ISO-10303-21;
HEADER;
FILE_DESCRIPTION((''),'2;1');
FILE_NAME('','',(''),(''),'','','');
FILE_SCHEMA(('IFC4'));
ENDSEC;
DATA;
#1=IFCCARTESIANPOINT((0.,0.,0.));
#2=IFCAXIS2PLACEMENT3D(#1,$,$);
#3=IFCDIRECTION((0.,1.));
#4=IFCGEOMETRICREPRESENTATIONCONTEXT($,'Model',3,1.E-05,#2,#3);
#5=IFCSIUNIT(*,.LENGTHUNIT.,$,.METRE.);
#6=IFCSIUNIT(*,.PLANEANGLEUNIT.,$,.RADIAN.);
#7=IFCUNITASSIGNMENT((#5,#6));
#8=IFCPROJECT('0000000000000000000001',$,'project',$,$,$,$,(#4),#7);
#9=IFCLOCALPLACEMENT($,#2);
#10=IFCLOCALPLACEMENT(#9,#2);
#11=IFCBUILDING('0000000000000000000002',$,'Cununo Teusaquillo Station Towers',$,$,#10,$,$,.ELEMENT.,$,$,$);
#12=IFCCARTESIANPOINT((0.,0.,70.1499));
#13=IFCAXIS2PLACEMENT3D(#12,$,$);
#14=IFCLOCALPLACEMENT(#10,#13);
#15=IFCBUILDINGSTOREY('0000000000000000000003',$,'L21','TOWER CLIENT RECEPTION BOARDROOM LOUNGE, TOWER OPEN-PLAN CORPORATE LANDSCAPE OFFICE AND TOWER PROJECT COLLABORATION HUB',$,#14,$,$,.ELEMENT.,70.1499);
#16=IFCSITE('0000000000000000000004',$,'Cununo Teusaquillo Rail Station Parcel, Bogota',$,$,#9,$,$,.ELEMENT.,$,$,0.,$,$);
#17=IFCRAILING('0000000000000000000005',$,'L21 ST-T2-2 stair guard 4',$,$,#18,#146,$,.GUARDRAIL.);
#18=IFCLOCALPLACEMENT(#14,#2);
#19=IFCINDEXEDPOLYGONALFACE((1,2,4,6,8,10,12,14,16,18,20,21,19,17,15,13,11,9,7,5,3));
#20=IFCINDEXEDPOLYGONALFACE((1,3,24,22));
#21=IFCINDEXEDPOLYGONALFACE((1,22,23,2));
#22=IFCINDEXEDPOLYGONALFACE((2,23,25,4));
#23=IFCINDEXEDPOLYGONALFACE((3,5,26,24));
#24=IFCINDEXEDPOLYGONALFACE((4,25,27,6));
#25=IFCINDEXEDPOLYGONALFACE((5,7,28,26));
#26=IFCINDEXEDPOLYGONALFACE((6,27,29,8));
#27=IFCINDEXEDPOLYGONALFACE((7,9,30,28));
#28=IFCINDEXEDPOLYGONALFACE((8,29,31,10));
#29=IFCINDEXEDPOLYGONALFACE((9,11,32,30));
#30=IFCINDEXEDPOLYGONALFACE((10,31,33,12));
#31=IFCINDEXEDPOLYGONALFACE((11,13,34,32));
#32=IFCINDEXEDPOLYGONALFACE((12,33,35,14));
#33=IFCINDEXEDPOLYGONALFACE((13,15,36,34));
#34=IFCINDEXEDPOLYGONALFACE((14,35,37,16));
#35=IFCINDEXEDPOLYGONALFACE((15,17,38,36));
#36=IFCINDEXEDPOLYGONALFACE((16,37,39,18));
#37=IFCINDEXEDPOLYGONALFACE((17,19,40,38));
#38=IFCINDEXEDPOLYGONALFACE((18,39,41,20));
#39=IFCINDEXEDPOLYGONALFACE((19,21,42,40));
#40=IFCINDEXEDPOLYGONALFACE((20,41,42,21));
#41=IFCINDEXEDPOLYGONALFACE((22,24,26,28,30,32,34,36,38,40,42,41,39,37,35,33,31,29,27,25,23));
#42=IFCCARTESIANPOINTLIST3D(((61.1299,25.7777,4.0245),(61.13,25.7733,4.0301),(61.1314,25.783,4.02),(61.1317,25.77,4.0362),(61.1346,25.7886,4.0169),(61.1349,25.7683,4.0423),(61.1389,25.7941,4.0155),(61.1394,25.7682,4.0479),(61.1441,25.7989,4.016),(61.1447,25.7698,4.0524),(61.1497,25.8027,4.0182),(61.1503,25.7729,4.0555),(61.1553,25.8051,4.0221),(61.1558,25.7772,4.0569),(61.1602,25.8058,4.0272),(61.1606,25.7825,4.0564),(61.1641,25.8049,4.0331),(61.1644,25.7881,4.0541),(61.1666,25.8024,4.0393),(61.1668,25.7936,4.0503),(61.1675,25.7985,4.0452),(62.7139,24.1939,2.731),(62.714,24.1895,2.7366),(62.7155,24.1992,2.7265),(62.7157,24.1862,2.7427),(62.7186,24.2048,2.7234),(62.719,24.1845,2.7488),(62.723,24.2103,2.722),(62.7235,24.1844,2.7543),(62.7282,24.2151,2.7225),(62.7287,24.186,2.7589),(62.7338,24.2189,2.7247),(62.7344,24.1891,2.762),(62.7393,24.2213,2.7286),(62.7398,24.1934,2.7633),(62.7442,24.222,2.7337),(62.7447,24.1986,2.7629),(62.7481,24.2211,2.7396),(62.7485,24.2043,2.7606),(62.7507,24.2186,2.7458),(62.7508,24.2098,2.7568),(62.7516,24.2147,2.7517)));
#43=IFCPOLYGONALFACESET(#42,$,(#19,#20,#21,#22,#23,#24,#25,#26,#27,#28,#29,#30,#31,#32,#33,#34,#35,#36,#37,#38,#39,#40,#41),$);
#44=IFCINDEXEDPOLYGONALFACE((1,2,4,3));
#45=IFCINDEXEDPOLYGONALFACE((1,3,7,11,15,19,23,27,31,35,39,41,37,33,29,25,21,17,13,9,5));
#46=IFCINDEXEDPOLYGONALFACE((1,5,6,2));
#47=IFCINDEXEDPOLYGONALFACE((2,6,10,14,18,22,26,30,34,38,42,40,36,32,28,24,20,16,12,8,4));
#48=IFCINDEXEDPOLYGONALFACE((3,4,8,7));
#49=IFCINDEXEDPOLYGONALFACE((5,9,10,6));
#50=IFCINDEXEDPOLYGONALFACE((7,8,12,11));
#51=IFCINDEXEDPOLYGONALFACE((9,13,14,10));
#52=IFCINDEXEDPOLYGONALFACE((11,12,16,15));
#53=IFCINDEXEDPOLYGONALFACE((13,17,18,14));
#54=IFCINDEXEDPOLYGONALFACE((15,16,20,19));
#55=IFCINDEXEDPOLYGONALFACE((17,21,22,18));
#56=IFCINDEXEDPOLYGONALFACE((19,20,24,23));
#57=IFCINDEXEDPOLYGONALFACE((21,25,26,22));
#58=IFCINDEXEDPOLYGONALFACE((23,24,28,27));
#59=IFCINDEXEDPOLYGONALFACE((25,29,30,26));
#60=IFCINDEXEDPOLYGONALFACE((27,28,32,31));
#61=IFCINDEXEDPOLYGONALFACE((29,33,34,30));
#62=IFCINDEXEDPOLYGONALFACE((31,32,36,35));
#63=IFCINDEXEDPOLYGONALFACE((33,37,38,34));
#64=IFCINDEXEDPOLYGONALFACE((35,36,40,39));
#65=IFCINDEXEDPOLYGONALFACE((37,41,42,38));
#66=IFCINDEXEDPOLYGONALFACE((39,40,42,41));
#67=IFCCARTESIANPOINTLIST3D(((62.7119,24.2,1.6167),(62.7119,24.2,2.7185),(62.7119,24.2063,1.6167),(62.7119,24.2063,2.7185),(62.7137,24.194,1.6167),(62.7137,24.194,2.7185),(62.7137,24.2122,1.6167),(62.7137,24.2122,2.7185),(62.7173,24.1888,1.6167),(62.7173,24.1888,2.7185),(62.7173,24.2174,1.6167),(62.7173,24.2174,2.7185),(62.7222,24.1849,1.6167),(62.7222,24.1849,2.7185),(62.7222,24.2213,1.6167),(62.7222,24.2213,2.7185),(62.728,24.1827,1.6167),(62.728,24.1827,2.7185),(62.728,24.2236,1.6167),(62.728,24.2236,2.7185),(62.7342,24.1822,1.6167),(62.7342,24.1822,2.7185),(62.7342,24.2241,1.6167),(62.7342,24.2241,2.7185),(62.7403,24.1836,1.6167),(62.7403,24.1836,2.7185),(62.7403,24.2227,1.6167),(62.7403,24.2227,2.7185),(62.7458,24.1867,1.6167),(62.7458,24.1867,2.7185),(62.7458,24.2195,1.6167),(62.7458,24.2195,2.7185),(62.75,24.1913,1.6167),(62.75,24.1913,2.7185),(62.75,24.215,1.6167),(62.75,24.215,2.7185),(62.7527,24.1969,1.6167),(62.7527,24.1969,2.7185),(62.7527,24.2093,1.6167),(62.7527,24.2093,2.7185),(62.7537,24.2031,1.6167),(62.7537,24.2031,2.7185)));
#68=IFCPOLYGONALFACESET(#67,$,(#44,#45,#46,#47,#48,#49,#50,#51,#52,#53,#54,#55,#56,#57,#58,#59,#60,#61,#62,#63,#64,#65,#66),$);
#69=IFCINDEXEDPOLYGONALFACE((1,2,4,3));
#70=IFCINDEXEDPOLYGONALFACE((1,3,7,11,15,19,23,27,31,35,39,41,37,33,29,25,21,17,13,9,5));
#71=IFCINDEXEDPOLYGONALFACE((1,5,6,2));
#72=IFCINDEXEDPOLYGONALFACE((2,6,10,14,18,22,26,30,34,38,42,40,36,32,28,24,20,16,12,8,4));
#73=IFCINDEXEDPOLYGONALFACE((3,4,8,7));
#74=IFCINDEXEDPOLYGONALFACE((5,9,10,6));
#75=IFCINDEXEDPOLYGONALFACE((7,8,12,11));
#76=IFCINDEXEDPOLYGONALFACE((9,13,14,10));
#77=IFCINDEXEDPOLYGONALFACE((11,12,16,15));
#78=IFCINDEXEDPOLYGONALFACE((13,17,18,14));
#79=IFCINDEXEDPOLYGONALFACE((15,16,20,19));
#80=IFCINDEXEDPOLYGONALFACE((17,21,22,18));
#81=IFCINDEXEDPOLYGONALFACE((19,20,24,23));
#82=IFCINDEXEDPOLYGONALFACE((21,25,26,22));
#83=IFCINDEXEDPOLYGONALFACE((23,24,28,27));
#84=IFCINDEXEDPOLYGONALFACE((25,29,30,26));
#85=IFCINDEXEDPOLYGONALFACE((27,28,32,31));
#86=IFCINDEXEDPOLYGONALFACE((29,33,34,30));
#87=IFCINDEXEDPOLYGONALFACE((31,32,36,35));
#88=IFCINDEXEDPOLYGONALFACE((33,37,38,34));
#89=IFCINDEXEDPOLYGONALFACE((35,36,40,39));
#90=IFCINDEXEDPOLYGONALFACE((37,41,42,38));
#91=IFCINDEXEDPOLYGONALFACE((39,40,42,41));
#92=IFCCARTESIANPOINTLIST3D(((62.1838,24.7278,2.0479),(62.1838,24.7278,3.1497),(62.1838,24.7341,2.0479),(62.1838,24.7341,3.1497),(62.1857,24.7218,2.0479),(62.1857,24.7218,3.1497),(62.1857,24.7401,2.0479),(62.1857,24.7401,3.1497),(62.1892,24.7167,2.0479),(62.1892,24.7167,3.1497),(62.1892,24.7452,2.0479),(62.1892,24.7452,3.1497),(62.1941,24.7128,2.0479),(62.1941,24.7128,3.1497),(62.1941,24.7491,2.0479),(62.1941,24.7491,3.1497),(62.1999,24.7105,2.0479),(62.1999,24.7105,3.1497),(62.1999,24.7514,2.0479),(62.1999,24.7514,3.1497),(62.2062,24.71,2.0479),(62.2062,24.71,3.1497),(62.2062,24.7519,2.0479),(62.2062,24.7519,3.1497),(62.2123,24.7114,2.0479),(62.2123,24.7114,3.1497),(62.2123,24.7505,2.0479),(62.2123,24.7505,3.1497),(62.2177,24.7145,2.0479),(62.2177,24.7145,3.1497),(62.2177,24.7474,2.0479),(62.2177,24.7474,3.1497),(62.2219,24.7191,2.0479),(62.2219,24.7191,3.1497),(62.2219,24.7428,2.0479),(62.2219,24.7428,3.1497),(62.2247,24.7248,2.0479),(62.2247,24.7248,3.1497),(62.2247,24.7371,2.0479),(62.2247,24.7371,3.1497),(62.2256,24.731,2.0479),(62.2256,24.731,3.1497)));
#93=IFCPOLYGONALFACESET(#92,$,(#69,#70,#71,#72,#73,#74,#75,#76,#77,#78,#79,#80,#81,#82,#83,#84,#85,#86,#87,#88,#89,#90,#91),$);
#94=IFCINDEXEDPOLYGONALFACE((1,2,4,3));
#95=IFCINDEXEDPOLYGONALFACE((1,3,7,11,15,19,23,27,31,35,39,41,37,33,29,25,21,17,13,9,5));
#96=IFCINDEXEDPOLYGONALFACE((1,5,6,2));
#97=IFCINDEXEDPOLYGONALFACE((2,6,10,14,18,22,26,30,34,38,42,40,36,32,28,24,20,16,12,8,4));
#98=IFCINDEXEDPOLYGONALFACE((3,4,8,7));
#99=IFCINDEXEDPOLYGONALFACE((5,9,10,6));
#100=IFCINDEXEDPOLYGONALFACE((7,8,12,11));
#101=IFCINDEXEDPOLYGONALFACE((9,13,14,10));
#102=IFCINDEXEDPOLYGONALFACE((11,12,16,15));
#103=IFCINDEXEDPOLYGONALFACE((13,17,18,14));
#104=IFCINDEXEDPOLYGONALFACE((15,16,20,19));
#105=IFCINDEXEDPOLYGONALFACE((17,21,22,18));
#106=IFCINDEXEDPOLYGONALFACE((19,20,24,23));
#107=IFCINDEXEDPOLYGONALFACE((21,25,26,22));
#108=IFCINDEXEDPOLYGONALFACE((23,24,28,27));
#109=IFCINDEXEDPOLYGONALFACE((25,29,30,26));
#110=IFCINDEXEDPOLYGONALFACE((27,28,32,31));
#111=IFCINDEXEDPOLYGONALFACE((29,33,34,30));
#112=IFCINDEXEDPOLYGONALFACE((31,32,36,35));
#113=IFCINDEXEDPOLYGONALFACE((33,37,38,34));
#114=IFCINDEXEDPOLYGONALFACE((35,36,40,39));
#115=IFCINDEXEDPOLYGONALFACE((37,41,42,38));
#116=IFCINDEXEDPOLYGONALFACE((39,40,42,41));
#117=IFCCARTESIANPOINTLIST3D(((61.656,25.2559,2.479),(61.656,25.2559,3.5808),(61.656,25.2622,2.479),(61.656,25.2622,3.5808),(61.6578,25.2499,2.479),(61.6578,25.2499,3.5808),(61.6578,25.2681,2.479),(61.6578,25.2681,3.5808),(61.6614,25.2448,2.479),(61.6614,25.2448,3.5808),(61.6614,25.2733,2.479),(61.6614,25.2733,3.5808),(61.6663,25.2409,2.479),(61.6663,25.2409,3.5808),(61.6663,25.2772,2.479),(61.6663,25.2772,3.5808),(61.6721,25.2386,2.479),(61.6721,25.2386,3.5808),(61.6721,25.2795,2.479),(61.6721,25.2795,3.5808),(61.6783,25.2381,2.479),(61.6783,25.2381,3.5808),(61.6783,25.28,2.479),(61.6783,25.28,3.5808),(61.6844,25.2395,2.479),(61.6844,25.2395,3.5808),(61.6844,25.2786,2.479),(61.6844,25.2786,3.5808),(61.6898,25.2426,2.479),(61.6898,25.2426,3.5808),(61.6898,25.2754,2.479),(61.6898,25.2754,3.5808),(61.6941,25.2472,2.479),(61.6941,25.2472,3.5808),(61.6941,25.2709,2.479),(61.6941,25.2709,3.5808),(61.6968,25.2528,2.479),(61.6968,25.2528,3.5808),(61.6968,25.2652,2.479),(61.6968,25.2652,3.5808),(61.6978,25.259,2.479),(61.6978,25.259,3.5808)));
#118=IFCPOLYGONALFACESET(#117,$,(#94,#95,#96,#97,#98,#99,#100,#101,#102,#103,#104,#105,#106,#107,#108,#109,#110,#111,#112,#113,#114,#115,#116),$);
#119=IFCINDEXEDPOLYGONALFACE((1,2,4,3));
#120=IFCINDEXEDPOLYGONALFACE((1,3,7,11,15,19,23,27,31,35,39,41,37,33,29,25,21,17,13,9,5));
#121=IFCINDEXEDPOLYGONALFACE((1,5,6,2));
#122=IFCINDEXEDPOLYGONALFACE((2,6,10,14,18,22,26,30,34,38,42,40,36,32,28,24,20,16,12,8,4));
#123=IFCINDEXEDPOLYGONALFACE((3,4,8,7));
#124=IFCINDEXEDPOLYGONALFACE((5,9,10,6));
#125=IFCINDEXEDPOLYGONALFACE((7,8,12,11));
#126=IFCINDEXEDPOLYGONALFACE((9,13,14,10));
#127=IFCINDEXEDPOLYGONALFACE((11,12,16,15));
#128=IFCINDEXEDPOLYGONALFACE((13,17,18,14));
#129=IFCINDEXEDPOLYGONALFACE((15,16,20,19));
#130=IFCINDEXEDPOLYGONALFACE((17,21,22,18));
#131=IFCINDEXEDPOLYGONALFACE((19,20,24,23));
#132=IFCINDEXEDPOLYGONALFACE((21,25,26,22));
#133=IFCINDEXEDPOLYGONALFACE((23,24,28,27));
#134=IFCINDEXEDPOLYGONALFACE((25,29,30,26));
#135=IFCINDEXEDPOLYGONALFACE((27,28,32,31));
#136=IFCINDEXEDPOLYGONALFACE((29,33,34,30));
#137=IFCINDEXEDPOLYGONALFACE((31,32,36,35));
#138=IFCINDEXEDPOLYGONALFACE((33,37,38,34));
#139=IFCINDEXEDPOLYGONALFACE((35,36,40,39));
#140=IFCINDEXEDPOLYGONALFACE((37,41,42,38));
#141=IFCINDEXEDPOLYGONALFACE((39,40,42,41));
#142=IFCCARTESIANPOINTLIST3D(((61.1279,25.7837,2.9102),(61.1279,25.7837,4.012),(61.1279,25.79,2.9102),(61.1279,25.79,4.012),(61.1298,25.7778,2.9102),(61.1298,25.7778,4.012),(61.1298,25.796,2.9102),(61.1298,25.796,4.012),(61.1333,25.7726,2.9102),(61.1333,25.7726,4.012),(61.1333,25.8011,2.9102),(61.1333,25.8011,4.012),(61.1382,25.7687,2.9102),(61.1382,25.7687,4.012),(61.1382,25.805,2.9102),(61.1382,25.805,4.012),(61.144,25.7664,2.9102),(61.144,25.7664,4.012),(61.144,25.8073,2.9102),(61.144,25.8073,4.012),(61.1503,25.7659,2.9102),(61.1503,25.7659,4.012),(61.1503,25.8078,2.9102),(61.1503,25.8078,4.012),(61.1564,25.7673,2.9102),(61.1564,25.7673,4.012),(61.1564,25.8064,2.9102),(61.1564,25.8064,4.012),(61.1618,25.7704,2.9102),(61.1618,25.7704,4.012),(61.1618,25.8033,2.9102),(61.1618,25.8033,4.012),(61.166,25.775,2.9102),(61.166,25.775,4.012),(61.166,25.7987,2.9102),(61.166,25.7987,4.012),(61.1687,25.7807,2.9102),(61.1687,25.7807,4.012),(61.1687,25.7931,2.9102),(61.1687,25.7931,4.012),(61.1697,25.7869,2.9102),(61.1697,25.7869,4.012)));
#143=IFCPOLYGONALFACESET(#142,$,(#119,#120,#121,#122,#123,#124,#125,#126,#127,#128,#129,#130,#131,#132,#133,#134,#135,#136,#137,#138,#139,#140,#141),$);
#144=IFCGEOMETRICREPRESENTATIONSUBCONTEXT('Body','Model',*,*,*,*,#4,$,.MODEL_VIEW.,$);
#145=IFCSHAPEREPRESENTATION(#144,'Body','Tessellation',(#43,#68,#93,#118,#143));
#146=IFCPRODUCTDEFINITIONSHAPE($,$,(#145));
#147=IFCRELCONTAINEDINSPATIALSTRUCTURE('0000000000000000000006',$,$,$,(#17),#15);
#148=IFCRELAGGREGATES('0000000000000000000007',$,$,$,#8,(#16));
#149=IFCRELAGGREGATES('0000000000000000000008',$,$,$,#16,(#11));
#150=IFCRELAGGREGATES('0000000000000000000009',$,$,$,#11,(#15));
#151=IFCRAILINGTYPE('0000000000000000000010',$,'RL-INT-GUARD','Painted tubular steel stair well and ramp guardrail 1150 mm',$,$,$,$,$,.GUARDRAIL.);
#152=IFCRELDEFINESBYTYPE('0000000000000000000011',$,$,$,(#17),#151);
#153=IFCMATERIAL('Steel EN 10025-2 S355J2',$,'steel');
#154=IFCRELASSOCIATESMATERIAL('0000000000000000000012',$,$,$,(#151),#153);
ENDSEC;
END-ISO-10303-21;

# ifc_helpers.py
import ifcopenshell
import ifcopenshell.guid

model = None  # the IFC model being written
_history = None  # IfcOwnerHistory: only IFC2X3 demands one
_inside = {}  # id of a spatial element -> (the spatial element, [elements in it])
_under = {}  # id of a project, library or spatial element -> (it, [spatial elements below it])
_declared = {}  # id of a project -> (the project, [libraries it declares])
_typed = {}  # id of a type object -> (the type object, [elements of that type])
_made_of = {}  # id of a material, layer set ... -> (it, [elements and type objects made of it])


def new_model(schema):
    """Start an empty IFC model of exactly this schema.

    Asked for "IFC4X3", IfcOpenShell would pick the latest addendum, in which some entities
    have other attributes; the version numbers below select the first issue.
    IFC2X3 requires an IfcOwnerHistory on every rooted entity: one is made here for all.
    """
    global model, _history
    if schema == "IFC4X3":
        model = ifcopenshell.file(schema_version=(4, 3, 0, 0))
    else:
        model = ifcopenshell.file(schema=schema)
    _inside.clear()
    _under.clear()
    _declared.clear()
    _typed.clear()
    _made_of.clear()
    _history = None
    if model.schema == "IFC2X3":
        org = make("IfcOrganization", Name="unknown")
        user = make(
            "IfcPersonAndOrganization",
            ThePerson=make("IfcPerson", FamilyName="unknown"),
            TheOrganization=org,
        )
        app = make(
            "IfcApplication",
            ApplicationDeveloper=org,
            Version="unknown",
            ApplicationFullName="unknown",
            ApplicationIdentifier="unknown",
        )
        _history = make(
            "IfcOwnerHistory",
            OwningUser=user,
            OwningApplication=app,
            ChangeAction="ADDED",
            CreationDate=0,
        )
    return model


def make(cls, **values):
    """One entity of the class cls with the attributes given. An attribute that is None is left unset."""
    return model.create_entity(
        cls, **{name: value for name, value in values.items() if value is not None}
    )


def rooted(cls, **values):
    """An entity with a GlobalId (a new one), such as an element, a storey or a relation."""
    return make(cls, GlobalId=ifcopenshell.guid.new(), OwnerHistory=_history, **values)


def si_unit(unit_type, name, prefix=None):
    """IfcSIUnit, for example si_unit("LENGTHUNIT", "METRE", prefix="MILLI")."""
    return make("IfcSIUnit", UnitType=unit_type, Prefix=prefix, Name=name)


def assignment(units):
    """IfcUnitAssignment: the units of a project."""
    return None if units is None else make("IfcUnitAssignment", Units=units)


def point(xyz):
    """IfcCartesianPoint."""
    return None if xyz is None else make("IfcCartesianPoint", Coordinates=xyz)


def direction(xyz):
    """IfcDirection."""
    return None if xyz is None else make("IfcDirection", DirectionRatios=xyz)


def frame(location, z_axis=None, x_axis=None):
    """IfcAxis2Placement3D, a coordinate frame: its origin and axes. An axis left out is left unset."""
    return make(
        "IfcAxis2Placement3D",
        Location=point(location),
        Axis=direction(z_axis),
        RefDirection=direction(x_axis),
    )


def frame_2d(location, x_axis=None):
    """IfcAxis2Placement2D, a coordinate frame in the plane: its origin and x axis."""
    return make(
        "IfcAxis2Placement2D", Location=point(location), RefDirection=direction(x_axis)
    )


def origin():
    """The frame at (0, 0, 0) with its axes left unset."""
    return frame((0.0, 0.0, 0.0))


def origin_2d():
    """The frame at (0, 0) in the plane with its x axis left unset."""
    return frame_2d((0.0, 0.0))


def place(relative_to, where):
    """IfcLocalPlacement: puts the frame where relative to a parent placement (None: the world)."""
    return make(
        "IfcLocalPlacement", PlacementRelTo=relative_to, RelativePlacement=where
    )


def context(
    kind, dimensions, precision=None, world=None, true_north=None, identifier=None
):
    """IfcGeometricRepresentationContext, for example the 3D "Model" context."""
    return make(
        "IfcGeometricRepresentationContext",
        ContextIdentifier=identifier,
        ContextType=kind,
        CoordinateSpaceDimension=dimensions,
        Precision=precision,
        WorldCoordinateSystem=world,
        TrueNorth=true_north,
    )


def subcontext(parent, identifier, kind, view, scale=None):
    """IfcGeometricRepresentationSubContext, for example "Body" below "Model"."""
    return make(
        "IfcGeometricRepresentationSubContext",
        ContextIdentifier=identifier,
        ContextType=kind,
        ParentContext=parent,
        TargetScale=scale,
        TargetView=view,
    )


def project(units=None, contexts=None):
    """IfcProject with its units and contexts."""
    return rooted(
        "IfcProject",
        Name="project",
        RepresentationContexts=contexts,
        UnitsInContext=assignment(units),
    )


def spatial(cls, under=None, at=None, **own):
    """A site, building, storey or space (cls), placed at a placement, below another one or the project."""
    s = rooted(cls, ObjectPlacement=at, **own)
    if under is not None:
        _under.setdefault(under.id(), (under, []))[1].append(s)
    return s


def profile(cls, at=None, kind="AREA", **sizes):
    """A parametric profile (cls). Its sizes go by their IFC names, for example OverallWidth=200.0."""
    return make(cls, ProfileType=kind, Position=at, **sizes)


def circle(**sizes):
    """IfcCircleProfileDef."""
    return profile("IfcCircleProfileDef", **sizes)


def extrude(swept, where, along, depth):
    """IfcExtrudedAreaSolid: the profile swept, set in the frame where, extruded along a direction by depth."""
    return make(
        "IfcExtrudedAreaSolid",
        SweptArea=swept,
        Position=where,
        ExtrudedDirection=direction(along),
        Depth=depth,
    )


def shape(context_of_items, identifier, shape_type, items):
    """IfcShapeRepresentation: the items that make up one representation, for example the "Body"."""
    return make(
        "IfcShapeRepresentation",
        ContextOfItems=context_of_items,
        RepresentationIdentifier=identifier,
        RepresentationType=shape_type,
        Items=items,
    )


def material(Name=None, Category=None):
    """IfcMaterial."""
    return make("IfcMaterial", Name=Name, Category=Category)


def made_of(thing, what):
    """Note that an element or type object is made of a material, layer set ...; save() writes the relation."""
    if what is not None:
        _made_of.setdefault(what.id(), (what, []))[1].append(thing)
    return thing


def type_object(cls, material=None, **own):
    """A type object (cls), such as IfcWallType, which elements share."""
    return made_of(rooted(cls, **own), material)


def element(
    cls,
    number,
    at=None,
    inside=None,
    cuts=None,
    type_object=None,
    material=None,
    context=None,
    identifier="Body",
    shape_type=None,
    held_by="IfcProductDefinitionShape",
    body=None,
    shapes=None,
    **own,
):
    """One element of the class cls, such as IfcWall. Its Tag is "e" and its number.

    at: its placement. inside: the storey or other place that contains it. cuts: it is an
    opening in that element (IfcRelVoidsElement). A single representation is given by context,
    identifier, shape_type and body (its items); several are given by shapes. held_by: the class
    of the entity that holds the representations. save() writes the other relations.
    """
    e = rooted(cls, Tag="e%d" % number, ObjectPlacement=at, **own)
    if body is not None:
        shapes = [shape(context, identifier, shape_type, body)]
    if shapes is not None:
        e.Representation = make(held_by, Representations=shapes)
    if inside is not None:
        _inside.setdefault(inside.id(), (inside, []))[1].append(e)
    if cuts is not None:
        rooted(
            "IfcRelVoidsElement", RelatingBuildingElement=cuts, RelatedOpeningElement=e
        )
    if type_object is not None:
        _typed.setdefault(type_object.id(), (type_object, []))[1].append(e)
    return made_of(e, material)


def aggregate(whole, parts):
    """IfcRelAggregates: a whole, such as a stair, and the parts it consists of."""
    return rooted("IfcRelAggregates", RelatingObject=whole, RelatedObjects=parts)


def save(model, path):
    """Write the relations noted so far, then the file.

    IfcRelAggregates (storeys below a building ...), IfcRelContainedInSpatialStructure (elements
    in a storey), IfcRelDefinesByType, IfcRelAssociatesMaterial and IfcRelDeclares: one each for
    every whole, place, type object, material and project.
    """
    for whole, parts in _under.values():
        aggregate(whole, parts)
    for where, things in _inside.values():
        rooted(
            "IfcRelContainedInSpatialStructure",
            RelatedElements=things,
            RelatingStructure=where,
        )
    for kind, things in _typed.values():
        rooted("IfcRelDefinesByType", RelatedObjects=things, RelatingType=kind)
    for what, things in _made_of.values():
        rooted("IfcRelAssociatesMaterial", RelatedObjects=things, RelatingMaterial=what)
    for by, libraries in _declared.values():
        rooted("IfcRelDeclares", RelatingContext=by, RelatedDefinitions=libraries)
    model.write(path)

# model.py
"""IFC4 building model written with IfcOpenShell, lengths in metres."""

from ifc_helpers import new_model, si_unit, direction, frame, origin, origin_2d, place, context, subcontext, project, spatial, circle, extrude, material, type_object, element, save


model = new_model("IFC4")

# Units and contexts
model_context = context("Model", 3, precision=1e-05, world=origin(), true_north=direction((0.0, 1.0)))
body_context = subcontext(model_context, "Body", "Model", "MODEL_VIEW")
ifc_project = project(units=[si_unit("LENGTHUNIT", "METRE"), si_unit("PLANEANGLEUNIT", "RADIAN")], contexts=[model_context])

# Site, building, storey
site_placement = place(None, origin())
site = spatial("IfcSite", under=ifc_project, at=site_placement, Name="Cununo Teusaquillo Rail Station Parcel, Bogota", CompositionType="ELEMENT", RefElevation=0.0)
building_placement = place(site_placement, origin())
building = spatial("IfcBuilding", under=site, at=building_placement, Name="Cununo Teusaquillo Station Towers", CompositionType="ELEMENT")
storey_placement = place(building_placement, frame((0.0, 0.0, 70.1499)))
storey = spatial("IfcBuildingStorey", under=building, at=storey_placement, Name="L21", Description="TOWER CLIENT RECEPTION BOARDROOM LOUNGE, TOWER OPEN-PLAN CORPORATE LANDSCAPE OFFICE AND TOWER PROJECT COLLABORATION HUB", CompositionType="ELEMENT", Elevation=70.1499)

# Railing
ifc_material_1 = material(Name="Steel EN 10025-2 S355J2", Category="steel")
railing_type = type_object("IfcRailingType", Name="RL-INT-GUARD", Description="Painted tubular steel stair well and ramp guardrail 1150 mm", PredefinedType="GUARDRAIL", material=ifc_material_1)
railing_1_placement = place(storey_placement, frame((62.7327, 24.2031, 1.6167)))
element("IfcRailing", 1, at=railing_1_placement, inside=storey, type_object=railing_type, Name="L21 ST-T2-2 stair guard 4", PredefinedType="GUARDRAIL", context=body_context, shape_type="SweptSolid", body=[
    extrude(circle(Radius=0.0239, at=origin_2d()), frame((0.0, 0.0, 1.126), z_axis=(-0.612391, 0.612297, 0.500069), x_axis=(-0.707052, -0.707161, 0.0)), (0.0, 0.0, 1.0), 2.5867),
    extrude(circle(Radius=0.021, at=origin_2d()), origin(), (0.0, 0.0, 1.0), 1.1018),
    extrude(circle(Radius=0.021, at=origin_2d()), frame((-0.5281, 0.5278, 0.4312)), (0.0, 0.0, 1.0), 1.1018),
    extrude(circle(Radius=0.021, at=origin_2d()), frame((-1.0559, 1.0559, 0.8623)), (0.0, 0.0, 1.0), 1.1018),
    extrude(circle(Radius=0.021, at=origin_2d()), frame((-1.584, 1.5837, 1.2935)), (0.0, 0.0, 1.0), 1.1018),
])

save(model, "model.ifc")
